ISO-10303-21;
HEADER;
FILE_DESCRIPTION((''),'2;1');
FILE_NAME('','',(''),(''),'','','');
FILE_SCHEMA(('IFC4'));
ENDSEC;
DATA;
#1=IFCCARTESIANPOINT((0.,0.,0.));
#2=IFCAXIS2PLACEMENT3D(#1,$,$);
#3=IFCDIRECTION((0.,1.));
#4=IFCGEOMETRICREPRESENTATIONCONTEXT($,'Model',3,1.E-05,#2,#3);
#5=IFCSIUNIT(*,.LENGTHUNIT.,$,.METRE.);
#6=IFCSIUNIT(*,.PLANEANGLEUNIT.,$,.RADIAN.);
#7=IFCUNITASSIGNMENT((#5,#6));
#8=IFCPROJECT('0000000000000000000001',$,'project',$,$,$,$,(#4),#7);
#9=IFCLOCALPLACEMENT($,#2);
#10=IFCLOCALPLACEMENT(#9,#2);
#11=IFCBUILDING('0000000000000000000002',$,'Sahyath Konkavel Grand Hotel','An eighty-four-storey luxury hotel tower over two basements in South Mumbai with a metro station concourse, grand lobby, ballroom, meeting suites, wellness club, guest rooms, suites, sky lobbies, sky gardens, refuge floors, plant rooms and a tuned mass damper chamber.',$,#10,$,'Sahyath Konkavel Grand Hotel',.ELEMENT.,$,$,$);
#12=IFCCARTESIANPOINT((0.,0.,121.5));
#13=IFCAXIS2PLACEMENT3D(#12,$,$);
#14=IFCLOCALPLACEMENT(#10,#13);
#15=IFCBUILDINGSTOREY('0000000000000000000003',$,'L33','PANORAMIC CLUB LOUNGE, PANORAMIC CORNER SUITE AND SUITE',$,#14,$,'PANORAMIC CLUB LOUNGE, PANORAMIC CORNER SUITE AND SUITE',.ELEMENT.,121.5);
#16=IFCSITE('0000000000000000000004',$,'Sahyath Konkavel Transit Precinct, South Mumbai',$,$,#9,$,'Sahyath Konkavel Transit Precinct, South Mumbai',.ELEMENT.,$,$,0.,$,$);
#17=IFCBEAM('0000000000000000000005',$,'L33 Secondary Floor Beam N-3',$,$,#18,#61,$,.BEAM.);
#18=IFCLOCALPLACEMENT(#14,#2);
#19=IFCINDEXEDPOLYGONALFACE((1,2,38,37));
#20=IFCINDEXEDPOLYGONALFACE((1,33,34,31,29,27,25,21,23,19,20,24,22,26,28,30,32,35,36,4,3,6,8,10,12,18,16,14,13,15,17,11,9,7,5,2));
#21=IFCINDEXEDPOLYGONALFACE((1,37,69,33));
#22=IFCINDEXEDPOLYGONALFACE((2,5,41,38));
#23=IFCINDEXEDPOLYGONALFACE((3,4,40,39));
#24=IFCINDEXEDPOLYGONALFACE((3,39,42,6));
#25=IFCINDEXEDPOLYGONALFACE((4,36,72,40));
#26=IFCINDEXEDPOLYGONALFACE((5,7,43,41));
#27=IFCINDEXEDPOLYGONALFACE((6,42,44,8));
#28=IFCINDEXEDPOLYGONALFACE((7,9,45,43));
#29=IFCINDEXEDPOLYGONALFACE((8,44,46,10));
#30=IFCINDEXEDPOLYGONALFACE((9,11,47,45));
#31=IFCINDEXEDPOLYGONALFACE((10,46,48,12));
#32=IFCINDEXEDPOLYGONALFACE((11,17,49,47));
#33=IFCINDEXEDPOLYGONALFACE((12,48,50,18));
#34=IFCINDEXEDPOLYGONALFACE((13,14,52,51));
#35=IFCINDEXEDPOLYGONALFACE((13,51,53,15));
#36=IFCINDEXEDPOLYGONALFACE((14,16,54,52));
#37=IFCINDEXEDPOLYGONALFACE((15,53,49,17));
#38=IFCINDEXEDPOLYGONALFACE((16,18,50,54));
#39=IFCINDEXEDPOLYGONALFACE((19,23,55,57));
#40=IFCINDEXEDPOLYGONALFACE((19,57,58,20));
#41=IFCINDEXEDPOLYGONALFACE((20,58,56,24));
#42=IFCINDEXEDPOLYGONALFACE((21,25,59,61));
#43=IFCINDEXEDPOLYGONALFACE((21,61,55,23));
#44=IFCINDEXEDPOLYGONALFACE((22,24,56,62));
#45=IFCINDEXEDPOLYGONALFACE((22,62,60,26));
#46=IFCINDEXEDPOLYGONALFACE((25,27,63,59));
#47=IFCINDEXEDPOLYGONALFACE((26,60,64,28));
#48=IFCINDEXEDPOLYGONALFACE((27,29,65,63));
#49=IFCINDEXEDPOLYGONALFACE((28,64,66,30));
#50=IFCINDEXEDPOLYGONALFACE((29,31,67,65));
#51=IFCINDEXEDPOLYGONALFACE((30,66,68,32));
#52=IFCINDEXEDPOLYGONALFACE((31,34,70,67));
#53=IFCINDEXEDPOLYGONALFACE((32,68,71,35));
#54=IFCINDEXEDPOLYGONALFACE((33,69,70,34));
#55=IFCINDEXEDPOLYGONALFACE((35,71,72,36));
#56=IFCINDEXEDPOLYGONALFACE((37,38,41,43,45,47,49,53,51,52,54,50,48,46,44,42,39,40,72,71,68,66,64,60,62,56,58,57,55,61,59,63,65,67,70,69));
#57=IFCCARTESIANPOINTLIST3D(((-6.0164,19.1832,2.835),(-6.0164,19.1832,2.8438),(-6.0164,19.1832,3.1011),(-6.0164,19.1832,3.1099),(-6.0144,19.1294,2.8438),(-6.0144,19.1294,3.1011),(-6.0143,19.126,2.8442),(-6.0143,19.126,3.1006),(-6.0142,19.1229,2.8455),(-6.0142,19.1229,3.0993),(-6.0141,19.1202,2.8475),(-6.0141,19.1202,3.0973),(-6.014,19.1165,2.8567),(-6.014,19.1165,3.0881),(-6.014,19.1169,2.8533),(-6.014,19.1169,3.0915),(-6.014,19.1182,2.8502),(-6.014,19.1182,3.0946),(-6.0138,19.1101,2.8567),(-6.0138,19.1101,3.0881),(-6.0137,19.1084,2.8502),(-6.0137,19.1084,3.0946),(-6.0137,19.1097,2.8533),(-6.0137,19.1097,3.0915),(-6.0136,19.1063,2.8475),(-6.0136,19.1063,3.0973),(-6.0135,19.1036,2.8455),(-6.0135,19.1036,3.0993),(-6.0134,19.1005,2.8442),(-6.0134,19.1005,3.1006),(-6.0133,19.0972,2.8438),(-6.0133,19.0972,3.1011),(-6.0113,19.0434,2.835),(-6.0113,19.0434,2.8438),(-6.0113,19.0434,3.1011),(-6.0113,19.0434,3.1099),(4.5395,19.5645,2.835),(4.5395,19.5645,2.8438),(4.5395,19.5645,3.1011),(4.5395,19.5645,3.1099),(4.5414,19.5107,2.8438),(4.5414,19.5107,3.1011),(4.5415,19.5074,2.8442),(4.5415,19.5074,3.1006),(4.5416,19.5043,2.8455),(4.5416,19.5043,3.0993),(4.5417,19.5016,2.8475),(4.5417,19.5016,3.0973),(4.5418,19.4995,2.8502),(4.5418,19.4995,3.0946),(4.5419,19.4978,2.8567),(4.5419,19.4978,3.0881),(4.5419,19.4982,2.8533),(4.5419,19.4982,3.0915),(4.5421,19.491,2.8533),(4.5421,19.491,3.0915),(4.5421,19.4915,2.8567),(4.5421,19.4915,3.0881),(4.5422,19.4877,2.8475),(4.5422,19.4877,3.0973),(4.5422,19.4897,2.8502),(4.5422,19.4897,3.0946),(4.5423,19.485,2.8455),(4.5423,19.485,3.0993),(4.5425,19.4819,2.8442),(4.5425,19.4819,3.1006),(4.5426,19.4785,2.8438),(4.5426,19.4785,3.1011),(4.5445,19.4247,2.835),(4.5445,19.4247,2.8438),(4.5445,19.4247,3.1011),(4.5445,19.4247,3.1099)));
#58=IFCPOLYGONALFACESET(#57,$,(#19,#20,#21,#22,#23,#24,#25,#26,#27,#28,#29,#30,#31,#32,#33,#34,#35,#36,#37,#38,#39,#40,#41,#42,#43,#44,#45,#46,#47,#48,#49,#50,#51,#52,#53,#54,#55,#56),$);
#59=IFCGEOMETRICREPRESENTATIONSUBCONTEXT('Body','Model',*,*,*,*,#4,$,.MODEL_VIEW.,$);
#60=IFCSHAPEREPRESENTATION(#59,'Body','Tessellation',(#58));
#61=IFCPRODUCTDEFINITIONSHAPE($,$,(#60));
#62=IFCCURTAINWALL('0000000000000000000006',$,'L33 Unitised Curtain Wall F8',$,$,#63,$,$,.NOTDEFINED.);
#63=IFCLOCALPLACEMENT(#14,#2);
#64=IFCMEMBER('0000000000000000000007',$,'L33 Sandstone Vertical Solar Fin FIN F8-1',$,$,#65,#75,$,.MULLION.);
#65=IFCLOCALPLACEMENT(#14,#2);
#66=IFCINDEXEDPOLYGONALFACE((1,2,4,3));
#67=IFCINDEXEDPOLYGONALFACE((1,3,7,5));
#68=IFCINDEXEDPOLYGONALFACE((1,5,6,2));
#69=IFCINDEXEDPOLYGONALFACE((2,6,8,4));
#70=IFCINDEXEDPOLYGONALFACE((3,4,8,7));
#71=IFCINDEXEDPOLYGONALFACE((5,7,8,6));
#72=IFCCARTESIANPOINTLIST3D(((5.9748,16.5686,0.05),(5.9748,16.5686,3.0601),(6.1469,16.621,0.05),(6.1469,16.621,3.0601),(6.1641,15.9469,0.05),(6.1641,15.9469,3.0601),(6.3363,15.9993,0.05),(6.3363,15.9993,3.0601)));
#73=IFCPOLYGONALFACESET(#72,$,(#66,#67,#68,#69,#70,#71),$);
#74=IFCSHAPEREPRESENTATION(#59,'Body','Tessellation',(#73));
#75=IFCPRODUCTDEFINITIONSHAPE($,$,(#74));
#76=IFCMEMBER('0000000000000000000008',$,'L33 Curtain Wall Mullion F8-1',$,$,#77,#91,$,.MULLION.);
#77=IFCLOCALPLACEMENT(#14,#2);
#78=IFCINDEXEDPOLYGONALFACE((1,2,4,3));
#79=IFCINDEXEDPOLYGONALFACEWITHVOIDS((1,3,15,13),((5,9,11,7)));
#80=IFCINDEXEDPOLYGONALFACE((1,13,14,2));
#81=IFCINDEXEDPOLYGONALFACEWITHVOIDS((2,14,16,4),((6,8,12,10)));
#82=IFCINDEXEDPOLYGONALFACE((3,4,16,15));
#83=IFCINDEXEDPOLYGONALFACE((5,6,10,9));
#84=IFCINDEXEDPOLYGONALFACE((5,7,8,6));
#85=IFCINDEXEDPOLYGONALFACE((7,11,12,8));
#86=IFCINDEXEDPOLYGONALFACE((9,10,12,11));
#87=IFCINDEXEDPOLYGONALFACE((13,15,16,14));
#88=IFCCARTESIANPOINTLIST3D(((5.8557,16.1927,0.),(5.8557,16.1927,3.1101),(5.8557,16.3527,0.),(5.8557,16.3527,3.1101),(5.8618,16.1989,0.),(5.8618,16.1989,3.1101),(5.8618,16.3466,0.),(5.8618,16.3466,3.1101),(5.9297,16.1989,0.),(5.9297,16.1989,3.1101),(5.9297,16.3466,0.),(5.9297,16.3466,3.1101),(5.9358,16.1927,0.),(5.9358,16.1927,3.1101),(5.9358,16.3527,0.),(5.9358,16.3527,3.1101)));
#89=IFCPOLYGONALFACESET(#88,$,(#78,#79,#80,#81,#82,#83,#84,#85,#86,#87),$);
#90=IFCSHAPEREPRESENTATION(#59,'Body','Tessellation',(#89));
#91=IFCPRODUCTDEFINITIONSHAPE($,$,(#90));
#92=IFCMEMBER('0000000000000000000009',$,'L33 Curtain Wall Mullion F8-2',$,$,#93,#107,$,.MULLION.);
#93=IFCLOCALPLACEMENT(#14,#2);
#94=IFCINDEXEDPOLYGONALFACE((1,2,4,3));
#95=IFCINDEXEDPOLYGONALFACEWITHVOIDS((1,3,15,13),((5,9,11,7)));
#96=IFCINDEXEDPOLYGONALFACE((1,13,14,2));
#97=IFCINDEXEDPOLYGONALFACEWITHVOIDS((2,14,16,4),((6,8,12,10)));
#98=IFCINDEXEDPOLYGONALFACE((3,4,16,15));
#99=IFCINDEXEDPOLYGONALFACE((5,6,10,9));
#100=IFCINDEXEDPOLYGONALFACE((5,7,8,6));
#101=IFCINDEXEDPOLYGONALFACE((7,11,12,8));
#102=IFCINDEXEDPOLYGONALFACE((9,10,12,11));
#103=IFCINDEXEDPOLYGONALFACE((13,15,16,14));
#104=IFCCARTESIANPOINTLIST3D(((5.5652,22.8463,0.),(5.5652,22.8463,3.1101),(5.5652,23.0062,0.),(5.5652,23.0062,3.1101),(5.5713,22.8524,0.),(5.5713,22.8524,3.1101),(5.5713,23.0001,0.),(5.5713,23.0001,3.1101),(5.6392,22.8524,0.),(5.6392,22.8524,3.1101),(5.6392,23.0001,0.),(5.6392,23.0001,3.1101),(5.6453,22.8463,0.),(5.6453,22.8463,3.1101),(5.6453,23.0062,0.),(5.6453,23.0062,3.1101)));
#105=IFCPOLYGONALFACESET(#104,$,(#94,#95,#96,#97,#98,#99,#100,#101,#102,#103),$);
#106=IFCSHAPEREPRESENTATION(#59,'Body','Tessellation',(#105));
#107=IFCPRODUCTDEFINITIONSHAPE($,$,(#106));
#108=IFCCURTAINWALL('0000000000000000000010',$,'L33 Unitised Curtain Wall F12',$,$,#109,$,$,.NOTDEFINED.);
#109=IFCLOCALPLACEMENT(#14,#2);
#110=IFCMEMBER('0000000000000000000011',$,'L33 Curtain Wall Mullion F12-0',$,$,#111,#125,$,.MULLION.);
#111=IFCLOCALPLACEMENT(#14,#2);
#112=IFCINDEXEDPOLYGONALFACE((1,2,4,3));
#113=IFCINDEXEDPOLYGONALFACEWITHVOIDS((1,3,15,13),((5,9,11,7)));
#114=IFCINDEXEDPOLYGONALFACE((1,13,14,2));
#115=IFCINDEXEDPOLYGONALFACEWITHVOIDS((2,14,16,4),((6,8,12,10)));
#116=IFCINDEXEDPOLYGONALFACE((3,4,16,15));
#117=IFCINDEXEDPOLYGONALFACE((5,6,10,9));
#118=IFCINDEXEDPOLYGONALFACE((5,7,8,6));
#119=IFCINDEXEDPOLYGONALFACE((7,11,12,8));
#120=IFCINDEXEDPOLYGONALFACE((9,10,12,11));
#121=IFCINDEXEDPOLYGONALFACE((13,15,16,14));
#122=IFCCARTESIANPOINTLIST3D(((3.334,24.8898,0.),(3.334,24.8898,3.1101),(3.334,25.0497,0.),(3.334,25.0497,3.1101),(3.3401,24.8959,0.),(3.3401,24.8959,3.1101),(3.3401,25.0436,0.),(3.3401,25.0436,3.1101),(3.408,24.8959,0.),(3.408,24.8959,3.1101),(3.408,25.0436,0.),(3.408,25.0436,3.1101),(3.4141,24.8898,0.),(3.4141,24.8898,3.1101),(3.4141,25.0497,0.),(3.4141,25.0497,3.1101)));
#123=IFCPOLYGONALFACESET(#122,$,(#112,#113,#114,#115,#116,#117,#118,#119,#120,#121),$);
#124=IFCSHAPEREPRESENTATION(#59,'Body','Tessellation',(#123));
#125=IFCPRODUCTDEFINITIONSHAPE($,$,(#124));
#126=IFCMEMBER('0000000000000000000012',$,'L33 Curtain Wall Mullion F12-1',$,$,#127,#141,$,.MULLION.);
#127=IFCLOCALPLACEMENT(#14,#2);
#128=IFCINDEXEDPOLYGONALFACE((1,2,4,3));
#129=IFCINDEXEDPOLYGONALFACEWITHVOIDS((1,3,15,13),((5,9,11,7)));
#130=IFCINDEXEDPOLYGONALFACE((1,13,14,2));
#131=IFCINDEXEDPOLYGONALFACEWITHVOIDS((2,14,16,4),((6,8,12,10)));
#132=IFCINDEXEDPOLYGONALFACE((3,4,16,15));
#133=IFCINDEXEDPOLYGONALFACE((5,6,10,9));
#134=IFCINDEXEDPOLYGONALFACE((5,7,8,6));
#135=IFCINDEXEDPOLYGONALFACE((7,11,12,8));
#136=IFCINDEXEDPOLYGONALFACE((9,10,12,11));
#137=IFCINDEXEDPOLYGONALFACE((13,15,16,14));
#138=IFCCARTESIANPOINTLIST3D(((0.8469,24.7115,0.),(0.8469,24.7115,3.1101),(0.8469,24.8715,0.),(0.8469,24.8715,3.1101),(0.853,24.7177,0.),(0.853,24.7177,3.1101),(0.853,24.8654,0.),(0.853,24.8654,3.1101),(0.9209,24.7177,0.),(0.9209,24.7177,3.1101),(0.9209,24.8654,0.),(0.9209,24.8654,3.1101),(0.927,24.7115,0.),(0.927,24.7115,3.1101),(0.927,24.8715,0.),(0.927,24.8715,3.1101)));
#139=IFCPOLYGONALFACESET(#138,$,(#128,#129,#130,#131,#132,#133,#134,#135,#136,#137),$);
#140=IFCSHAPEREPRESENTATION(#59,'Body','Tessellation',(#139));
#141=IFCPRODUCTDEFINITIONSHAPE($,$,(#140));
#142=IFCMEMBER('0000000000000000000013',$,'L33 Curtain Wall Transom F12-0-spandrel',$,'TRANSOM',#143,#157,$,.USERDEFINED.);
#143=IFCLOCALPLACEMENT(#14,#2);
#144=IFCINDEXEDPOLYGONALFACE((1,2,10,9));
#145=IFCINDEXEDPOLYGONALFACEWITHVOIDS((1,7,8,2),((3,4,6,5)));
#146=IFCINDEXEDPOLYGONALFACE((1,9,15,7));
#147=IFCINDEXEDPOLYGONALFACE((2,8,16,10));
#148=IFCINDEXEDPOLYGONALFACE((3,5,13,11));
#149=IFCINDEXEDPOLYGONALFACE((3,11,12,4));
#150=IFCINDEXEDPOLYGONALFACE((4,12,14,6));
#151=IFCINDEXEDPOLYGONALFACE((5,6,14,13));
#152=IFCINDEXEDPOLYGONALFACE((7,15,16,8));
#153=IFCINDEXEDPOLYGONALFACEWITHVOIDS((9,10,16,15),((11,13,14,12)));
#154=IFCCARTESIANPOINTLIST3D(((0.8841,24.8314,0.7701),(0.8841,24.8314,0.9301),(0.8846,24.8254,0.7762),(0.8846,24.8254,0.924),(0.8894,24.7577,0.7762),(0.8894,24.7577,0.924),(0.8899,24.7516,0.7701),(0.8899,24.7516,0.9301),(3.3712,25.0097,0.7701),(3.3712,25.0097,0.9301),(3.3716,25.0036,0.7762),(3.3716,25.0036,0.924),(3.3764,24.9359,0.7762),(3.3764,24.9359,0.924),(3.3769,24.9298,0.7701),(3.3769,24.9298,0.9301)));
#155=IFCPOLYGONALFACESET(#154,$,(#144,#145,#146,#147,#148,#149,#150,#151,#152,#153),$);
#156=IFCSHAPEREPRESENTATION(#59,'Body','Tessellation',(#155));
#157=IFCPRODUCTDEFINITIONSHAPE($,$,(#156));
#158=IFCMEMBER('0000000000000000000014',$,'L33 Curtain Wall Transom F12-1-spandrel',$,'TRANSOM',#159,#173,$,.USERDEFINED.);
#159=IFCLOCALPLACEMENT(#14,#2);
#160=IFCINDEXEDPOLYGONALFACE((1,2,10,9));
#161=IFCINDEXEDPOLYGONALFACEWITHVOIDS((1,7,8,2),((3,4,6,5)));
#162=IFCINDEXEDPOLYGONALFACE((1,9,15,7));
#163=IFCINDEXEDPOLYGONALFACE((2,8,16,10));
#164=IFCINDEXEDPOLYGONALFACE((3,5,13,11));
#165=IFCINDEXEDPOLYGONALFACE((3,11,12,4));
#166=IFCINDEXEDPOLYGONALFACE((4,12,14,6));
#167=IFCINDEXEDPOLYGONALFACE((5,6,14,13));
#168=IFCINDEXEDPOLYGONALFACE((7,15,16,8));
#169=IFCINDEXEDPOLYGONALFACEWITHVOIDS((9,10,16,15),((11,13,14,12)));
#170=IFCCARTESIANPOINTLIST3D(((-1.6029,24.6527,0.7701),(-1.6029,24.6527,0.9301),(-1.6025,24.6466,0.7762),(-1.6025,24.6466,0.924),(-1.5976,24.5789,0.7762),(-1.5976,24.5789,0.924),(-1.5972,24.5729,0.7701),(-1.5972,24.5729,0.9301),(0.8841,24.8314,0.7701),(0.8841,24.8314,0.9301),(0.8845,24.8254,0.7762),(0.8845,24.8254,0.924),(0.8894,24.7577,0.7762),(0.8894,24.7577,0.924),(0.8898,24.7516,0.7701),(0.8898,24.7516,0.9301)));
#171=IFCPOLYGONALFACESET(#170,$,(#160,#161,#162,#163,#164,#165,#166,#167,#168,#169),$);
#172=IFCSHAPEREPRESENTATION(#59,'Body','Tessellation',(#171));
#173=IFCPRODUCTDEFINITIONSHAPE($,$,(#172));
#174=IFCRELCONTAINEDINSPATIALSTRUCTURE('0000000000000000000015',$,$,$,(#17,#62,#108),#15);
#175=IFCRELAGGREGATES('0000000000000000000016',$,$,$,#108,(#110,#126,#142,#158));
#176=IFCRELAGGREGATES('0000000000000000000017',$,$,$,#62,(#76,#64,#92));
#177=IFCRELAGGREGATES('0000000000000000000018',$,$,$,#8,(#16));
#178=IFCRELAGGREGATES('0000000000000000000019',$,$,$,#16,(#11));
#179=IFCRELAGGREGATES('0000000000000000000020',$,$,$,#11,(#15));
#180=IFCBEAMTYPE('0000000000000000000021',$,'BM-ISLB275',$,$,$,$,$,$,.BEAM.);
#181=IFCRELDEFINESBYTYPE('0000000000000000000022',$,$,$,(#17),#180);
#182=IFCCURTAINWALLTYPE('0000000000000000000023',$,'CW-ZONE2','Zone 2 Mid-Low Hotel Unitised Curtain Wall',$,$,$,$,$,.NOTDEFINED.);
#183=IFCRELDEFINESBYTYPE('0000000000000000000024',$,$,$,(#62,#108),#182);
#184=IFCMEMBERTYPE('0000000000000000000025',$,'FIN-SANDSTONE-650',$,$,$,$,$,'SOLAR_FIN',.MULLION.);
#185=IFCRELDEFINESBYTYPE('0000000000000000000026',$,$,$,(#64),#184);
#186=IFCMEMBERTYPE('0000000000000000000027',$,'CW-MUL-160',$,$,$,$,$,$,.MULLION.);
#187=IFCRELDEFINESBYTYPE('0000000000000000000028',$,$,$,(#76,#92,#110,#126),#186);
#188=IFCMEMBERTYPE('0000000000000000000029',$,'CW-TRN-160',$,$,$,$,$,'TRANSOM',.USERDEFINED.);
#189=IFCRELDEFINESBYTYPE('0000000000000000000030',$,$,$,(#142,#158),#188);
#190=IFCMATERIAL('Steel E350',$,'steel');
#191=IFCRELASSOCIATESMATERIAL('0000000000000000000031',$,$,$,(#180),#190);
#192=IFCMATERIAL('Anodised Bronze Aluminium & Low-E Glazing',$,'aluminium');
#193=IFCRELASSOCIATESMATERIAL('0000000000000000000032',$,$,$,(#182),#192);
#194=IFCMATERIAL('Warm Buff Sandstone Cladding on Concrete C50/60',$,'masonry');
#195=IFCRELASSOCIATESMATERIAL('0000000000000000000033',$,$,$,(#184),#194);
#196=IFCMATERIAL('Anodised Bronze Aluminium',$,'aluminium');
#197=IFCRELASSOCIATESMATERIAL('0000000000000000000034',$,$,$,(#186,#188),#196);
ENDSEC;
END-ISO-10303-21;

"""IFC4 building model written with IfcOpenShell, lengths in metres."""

from ifc_helpers import new_model, si_unit, direction, frame, origin, origin_2d, place, context, subcontext, project, spatial, rectangle, hollow_rectangle, i_section, extrude, source, transform, mapped, material, material_profile, profile_set, type_object, element, aggregate, save


model = new_model("IFC4")

# Units and contexts
model_context = context("Model", 3, precision=1e-05, world=origin(), true_north=direction((0.0, 1.0)))
body_context = subcontext(model_context, "Body", "Model", "MODEL_VIEW")
ifc_project = project(units=[si_unit("LENGTHUNIT", "METRE"), si_unit("PLANEANGLEUNIT", "RADIAN")], contexts=[model_context])

# Site, building, storey
site_placement = place(None, origin())
site = spatial("IfcSite", under=ifc_project, at=site_placement, Name="Sahyath Konkavel Transit Precinct, South Mumbai", LongName="Sahyath Konkavel Transit Precinct, South Mumbai", CompositionType="ELEMENT", RefElevation=0.0)
building_placement = place(site_placement, origin())
building = spatial("IfcBuilding", under=site, at=building_placement, Name="Sahyath Konkavel Grand Hotel", Description="An eighty-four-storey luxury hotel tower over two basements in South Mumbai with a metro station concourse, grand lobby, ballroom, meeting suites, wellness club, guest rooms, suites, sky lobbies, sky gardens, refuge floors, plant rooms and a tuned mass damper chamber.", LongName="Sahyath Konkavel Grand Hotel", CompositionType="ELEMENT")
storey_placement = place(building_placement, frame((0.0, 0.0, 121.5)))
storey = spatial("IfcBuildingStorey", under=building, at=storey_placement, Name="L33", Description="PANORAMIC CLUB LOUNGE, PANORAMIC CORNER SUITE AND SUITE", LongName="PANORAMIC CLUB LOUNGE, PANORAMIC CORNER SUITE AND SUITE", CompositionType="ELEMENT", Elevation=121.5)

# Beam
ifc_material_1 = material(Name="Steel E350", Category="steel")
ifc_material_profile_1 = material_profile(ifc_material_1, i_section(OverallWidth=0.1399, OverallDepth=0.2749, WebThickness=0.0063, FlangeThickness=0.0088, FilletRadius=0.0129, at=origin_2d()), Name="ISLB 275")
ifc_profile_set_1 = profile_set([ifc_material_profile_1], Name="Steel E350")
beam_type_1 = type_object("IfcBeamType", Name="BM-ISLB275", PredefinedType="BEAM", material=ifc_profile_set_1)
shared_shape_1 = source(origin(), body_context, "Body", "SweptSolid", [
    extrude(i_section(OverallWidth=0.1399, OverallDepth=0.2749, WebThickness=0.0063, FlangeThickness=0.0088, FilletRadius=0.0129, at=origin_2d()), origin(), (0.0, 0.0, 1.0), 10.5627),
])
beam_1_placement = place(storey_placement, frame((4.542, 19.4946, 2.9724), z_axis=(-0.999348, -0.036103, 0.0), x_axis=(0.036103, -0.999348, 0.0)))
element("IfcBeam", 1, at=beam_1_placement, inside=storey, type_object=beam_type_1, Name="L33 Secondary Floor Beam N-3", PredefinedType="BEAM", context=body_context, shape_type="MappedRepresentation", body=[
    mapped(shared_shape_1, transform((0.0, 0.0, 0.0), scale=1.0)),
])

# Curtain walls, members
ifc_material_2 = material(Name="Anodised Bronze Aluminium & Low-E Glazing", Category="aluminium")
curtain_wall_type = type_object("IfcCurtainWallType", Name="CW-ZONE2", Description="Zone 2 Mid-Low Hotel Unitised Curtain Wall", PredefinedType="NOTDEFINED", material=ifc_material_2)
curtain_wall_1_placement = place(storey_placement, origin())
curtain_wall_1 = element("IfcCurtainWall", 2, at=curtain_wall_1_placement, inside=storey, type_object=curtain_wall_type, Name="L33 Unitised Curtain Wall F8", PredefinedType="NOTDEFINED")
ifc_material_3 = material(Name="Warm Buff Sandstone Cladding on Concrete C50/60", Category="masonry")
ifc_material_profile_2 = material_profile(ifc_material_3, rectangle(XDim=0.1799, YDim=0.6499, at=origin_2d()), Name="FIN 180x650")
ifc_profile_set_2 = profile_set([ifc_material_profile_2], Name="Warm Buff Sandstone Cladding on Concrete C50/60")
member_type_1 = type_object("IfcMemberType", Name="FIN-SANDSTONE-650", ElementType="SOLAR_FIN", PredefinedType="MULLION", material=ifc_profile_set_2)
shared_shape_2 = source(origin(), body_context, "Body", "SweptSolid", [
    extrude(rectangle(XDim=0.1799, YDim=0.6499, at=origin_2d()), origin(), (0.0, 0.0, 1.0), 3.01),
])
member_1_placement = place(storey_placement, frame((6.1555, 16.2839, 0.05), z_axis=(0.0, 0.0, 1.0), x_axis=(0.95661, 0.29137, 0.0)))
member_1 = element("IfcMember", 3, at=member_1_placement, type_object=member_type_1, Name="L33 Sandstone Vertical Solar Fin FIN F8-1", PredefinedType="MULLION", context=body_context, shape_type="MappedRepresentation", body=[
    mapped(shared_shape_2, transform((0.0, 0.0, 0.0), scale=1.0)),
])
ifc_material_4 = material(Name="Anodised Bronze Aluminium", Category="aluminium")
ifc_material_profile_3 = material_profile(ifc_material_4, hollow_rectangle(XDim=0.0801, YDim=0.1599, WallThickness=0.0061, at=origin_2d()), Name="RHS 160x80x6")
ifc_profile_set_3 = profile_set([ifc_material_profile_3], Name="Anodised Bronze Aluminium")
member_type_2 = type_object("IfcMemberType", Name="CW-MUL-160", PredefinedType="MULLION", material=ifc_profile_set_3)
shared_shape_3 = source(origin(), body_context, "Body", "SweptSolid", [
    extrude(hollow_rectangle(XDim=0.0801, YDim=0.1599, WallThickness=0.0061, at=origin_2d()), origin(), (0.0, 0.0, 1.0), 3.1101),
])
member_2_placement = place(storey_placement, frame((5.8958, 16.2727, 0.0), z_axis=(0.0, 0.0, 1.0), x_axis=(1.0, 0.0, 0.0)))
member_2 = element("IfcMember", 4, at=member_2_placement, type_object=member_type_2, Name="L33 Curtain Wall Mullion F8-1", PredefinedType="MULLION", context=body_context, shape_type="MappedRepresentation", body=[
    mapped(shared_shape_3, transform((0.0, 0.0, 0.0), scale=1.0)),
])
member_3_placement = place(storey_placement, frame((5.6052, 22.9263, 0.0), z_axis=(0.0, 0.0, 1.0), x_axis=(1.0, 0.0, 0.0)))
member_3 = element("IfcMember", 5, at=member_3_placement, type_object=member_type_2, Name="L33 Curtain Wall Mullion F8-2", PredefinedType="MULLION", context=body_context, shape_type="MappedRepresentation", body=[
    mapped(shared_shape_3, transform((0.0, 0.0, 0.0), scale=1.0)),
])
curtain_wall_2_placement = place(storey_placement, origin())
curtain_wall_2 = element("IfcCurtainWall", 6, at=curtain_wall_2_placement, inside=storey, type_object=curtain_wall_type, Name="L33 Unitised Curtain Wall F12", PredefinedType="NOTDEFINED")
member_4_placement = place(storey_placement, frame((3.374, 24.9697, 0.0), z_axis=(0.0, 0.0, 1.0), x_axis=(1.0, 0.0, 0.0)))
member_4 = element("IfcMember", 7, at=member_4_placement, type_object=member_type_2, Name="L33 Curtain Wall Mullion F12-0", PredefinedType="MULLION", context=body_context, shape_type="MappedRepresentation", body=[
    mapped(shared_shape_3, transform((0.0, 0.0, 0.0), scale=1.0)),
])
member_5_placement = place(storey_placement, frame((0.887, 24.7915, 0.0), z_axis=(0.0, 0.0, 1.0), x_axis=(1.0, 0.0, 0.0)))
member_5 = element("IfcMember", 8, at=member_5_placement, type_object=member_type_2, Name="L33 Curtain Wall Mullion F12-1", PredefinedType="MULLION", context=body_context, shape_type="MappedRepresentation", body=[
    mapped(shared_shape_3, transform((0.0, 0.0, 0.0), scale=1.0)),
])
ifc_material_profile_4 = material_profile(ifc_material_4, hollow_rectangle(XDim=0.0801, YDim=0.1599, WallThickness=0.0061, at=origin_2d()), Name="RHS 160x80x6")
ifc_profile_set_4 = profile_set([ifc_material_profile_4], Name="Anodised Bronze Aluminium")
member_type_3 = type_object("IfcMemberType", Name="CW-TRN-160", ElementType="TRANSOM", PredefinedType="USERDEFINED", material=ifc_profile_set_4)
shared_shape_4 = source(origin(), body_context, "Body", "SweptSolid", [
    extrude(hollow_rectangle(XDim=0.0801, YDim=0.1599, WallThickness=0.0061, at=origin_2d()), origin(), (0.0, 0.0, 1.0), 2.4934),
])
member_6_placement = place(storey_placement, frame((3.374, 24.9697, 0.8501), z_axis=(-0.997442, -0.071477, 0.0), x_axis=(0.071477, -0.997442, 0.0)))
member_6 = element("IfcMember", 9, at=member_6_placement, type_object=member_type_3, Name="L33 Curtain Wall Transom F12-0-spandrel", ObjectType="TRANSOM", PredefinedType="USERDEFINED", context=body_context, shape_type="MappedRepresentation", body=[
    mapped(shared_shape_4, transform((0.0, 0.0, 0.0), scale=1.0)),
])
member_7_placement = place(storey_placement, frame((0.887, 24.7915, 0.8501), z_axis=(-0.997428, -0.071671, 0.0), x_axis=(0.071671, -0.997428, 0.0)))
member_7 = element("IfcMember", 10, at=member_7_placement, type_object=member_type_3, Name="L33 Curtain Wall Transom F12-1-spandrel", ObjectType="TRANSOM", PredefinedType="USERDEFINED", context=body_context, shape_type="MappedRepresentation", body=[
    mapped(shared_shape_4, transform((0.0, 0.0, 0.0), scale=1.0)),
])

aggregate(curtain_wall_2, [member_4, member_5, member_6, member_7])
aggregate(curtain_wall_1, [member_2, member_1, member_3])

save(model, "model.ifc")
